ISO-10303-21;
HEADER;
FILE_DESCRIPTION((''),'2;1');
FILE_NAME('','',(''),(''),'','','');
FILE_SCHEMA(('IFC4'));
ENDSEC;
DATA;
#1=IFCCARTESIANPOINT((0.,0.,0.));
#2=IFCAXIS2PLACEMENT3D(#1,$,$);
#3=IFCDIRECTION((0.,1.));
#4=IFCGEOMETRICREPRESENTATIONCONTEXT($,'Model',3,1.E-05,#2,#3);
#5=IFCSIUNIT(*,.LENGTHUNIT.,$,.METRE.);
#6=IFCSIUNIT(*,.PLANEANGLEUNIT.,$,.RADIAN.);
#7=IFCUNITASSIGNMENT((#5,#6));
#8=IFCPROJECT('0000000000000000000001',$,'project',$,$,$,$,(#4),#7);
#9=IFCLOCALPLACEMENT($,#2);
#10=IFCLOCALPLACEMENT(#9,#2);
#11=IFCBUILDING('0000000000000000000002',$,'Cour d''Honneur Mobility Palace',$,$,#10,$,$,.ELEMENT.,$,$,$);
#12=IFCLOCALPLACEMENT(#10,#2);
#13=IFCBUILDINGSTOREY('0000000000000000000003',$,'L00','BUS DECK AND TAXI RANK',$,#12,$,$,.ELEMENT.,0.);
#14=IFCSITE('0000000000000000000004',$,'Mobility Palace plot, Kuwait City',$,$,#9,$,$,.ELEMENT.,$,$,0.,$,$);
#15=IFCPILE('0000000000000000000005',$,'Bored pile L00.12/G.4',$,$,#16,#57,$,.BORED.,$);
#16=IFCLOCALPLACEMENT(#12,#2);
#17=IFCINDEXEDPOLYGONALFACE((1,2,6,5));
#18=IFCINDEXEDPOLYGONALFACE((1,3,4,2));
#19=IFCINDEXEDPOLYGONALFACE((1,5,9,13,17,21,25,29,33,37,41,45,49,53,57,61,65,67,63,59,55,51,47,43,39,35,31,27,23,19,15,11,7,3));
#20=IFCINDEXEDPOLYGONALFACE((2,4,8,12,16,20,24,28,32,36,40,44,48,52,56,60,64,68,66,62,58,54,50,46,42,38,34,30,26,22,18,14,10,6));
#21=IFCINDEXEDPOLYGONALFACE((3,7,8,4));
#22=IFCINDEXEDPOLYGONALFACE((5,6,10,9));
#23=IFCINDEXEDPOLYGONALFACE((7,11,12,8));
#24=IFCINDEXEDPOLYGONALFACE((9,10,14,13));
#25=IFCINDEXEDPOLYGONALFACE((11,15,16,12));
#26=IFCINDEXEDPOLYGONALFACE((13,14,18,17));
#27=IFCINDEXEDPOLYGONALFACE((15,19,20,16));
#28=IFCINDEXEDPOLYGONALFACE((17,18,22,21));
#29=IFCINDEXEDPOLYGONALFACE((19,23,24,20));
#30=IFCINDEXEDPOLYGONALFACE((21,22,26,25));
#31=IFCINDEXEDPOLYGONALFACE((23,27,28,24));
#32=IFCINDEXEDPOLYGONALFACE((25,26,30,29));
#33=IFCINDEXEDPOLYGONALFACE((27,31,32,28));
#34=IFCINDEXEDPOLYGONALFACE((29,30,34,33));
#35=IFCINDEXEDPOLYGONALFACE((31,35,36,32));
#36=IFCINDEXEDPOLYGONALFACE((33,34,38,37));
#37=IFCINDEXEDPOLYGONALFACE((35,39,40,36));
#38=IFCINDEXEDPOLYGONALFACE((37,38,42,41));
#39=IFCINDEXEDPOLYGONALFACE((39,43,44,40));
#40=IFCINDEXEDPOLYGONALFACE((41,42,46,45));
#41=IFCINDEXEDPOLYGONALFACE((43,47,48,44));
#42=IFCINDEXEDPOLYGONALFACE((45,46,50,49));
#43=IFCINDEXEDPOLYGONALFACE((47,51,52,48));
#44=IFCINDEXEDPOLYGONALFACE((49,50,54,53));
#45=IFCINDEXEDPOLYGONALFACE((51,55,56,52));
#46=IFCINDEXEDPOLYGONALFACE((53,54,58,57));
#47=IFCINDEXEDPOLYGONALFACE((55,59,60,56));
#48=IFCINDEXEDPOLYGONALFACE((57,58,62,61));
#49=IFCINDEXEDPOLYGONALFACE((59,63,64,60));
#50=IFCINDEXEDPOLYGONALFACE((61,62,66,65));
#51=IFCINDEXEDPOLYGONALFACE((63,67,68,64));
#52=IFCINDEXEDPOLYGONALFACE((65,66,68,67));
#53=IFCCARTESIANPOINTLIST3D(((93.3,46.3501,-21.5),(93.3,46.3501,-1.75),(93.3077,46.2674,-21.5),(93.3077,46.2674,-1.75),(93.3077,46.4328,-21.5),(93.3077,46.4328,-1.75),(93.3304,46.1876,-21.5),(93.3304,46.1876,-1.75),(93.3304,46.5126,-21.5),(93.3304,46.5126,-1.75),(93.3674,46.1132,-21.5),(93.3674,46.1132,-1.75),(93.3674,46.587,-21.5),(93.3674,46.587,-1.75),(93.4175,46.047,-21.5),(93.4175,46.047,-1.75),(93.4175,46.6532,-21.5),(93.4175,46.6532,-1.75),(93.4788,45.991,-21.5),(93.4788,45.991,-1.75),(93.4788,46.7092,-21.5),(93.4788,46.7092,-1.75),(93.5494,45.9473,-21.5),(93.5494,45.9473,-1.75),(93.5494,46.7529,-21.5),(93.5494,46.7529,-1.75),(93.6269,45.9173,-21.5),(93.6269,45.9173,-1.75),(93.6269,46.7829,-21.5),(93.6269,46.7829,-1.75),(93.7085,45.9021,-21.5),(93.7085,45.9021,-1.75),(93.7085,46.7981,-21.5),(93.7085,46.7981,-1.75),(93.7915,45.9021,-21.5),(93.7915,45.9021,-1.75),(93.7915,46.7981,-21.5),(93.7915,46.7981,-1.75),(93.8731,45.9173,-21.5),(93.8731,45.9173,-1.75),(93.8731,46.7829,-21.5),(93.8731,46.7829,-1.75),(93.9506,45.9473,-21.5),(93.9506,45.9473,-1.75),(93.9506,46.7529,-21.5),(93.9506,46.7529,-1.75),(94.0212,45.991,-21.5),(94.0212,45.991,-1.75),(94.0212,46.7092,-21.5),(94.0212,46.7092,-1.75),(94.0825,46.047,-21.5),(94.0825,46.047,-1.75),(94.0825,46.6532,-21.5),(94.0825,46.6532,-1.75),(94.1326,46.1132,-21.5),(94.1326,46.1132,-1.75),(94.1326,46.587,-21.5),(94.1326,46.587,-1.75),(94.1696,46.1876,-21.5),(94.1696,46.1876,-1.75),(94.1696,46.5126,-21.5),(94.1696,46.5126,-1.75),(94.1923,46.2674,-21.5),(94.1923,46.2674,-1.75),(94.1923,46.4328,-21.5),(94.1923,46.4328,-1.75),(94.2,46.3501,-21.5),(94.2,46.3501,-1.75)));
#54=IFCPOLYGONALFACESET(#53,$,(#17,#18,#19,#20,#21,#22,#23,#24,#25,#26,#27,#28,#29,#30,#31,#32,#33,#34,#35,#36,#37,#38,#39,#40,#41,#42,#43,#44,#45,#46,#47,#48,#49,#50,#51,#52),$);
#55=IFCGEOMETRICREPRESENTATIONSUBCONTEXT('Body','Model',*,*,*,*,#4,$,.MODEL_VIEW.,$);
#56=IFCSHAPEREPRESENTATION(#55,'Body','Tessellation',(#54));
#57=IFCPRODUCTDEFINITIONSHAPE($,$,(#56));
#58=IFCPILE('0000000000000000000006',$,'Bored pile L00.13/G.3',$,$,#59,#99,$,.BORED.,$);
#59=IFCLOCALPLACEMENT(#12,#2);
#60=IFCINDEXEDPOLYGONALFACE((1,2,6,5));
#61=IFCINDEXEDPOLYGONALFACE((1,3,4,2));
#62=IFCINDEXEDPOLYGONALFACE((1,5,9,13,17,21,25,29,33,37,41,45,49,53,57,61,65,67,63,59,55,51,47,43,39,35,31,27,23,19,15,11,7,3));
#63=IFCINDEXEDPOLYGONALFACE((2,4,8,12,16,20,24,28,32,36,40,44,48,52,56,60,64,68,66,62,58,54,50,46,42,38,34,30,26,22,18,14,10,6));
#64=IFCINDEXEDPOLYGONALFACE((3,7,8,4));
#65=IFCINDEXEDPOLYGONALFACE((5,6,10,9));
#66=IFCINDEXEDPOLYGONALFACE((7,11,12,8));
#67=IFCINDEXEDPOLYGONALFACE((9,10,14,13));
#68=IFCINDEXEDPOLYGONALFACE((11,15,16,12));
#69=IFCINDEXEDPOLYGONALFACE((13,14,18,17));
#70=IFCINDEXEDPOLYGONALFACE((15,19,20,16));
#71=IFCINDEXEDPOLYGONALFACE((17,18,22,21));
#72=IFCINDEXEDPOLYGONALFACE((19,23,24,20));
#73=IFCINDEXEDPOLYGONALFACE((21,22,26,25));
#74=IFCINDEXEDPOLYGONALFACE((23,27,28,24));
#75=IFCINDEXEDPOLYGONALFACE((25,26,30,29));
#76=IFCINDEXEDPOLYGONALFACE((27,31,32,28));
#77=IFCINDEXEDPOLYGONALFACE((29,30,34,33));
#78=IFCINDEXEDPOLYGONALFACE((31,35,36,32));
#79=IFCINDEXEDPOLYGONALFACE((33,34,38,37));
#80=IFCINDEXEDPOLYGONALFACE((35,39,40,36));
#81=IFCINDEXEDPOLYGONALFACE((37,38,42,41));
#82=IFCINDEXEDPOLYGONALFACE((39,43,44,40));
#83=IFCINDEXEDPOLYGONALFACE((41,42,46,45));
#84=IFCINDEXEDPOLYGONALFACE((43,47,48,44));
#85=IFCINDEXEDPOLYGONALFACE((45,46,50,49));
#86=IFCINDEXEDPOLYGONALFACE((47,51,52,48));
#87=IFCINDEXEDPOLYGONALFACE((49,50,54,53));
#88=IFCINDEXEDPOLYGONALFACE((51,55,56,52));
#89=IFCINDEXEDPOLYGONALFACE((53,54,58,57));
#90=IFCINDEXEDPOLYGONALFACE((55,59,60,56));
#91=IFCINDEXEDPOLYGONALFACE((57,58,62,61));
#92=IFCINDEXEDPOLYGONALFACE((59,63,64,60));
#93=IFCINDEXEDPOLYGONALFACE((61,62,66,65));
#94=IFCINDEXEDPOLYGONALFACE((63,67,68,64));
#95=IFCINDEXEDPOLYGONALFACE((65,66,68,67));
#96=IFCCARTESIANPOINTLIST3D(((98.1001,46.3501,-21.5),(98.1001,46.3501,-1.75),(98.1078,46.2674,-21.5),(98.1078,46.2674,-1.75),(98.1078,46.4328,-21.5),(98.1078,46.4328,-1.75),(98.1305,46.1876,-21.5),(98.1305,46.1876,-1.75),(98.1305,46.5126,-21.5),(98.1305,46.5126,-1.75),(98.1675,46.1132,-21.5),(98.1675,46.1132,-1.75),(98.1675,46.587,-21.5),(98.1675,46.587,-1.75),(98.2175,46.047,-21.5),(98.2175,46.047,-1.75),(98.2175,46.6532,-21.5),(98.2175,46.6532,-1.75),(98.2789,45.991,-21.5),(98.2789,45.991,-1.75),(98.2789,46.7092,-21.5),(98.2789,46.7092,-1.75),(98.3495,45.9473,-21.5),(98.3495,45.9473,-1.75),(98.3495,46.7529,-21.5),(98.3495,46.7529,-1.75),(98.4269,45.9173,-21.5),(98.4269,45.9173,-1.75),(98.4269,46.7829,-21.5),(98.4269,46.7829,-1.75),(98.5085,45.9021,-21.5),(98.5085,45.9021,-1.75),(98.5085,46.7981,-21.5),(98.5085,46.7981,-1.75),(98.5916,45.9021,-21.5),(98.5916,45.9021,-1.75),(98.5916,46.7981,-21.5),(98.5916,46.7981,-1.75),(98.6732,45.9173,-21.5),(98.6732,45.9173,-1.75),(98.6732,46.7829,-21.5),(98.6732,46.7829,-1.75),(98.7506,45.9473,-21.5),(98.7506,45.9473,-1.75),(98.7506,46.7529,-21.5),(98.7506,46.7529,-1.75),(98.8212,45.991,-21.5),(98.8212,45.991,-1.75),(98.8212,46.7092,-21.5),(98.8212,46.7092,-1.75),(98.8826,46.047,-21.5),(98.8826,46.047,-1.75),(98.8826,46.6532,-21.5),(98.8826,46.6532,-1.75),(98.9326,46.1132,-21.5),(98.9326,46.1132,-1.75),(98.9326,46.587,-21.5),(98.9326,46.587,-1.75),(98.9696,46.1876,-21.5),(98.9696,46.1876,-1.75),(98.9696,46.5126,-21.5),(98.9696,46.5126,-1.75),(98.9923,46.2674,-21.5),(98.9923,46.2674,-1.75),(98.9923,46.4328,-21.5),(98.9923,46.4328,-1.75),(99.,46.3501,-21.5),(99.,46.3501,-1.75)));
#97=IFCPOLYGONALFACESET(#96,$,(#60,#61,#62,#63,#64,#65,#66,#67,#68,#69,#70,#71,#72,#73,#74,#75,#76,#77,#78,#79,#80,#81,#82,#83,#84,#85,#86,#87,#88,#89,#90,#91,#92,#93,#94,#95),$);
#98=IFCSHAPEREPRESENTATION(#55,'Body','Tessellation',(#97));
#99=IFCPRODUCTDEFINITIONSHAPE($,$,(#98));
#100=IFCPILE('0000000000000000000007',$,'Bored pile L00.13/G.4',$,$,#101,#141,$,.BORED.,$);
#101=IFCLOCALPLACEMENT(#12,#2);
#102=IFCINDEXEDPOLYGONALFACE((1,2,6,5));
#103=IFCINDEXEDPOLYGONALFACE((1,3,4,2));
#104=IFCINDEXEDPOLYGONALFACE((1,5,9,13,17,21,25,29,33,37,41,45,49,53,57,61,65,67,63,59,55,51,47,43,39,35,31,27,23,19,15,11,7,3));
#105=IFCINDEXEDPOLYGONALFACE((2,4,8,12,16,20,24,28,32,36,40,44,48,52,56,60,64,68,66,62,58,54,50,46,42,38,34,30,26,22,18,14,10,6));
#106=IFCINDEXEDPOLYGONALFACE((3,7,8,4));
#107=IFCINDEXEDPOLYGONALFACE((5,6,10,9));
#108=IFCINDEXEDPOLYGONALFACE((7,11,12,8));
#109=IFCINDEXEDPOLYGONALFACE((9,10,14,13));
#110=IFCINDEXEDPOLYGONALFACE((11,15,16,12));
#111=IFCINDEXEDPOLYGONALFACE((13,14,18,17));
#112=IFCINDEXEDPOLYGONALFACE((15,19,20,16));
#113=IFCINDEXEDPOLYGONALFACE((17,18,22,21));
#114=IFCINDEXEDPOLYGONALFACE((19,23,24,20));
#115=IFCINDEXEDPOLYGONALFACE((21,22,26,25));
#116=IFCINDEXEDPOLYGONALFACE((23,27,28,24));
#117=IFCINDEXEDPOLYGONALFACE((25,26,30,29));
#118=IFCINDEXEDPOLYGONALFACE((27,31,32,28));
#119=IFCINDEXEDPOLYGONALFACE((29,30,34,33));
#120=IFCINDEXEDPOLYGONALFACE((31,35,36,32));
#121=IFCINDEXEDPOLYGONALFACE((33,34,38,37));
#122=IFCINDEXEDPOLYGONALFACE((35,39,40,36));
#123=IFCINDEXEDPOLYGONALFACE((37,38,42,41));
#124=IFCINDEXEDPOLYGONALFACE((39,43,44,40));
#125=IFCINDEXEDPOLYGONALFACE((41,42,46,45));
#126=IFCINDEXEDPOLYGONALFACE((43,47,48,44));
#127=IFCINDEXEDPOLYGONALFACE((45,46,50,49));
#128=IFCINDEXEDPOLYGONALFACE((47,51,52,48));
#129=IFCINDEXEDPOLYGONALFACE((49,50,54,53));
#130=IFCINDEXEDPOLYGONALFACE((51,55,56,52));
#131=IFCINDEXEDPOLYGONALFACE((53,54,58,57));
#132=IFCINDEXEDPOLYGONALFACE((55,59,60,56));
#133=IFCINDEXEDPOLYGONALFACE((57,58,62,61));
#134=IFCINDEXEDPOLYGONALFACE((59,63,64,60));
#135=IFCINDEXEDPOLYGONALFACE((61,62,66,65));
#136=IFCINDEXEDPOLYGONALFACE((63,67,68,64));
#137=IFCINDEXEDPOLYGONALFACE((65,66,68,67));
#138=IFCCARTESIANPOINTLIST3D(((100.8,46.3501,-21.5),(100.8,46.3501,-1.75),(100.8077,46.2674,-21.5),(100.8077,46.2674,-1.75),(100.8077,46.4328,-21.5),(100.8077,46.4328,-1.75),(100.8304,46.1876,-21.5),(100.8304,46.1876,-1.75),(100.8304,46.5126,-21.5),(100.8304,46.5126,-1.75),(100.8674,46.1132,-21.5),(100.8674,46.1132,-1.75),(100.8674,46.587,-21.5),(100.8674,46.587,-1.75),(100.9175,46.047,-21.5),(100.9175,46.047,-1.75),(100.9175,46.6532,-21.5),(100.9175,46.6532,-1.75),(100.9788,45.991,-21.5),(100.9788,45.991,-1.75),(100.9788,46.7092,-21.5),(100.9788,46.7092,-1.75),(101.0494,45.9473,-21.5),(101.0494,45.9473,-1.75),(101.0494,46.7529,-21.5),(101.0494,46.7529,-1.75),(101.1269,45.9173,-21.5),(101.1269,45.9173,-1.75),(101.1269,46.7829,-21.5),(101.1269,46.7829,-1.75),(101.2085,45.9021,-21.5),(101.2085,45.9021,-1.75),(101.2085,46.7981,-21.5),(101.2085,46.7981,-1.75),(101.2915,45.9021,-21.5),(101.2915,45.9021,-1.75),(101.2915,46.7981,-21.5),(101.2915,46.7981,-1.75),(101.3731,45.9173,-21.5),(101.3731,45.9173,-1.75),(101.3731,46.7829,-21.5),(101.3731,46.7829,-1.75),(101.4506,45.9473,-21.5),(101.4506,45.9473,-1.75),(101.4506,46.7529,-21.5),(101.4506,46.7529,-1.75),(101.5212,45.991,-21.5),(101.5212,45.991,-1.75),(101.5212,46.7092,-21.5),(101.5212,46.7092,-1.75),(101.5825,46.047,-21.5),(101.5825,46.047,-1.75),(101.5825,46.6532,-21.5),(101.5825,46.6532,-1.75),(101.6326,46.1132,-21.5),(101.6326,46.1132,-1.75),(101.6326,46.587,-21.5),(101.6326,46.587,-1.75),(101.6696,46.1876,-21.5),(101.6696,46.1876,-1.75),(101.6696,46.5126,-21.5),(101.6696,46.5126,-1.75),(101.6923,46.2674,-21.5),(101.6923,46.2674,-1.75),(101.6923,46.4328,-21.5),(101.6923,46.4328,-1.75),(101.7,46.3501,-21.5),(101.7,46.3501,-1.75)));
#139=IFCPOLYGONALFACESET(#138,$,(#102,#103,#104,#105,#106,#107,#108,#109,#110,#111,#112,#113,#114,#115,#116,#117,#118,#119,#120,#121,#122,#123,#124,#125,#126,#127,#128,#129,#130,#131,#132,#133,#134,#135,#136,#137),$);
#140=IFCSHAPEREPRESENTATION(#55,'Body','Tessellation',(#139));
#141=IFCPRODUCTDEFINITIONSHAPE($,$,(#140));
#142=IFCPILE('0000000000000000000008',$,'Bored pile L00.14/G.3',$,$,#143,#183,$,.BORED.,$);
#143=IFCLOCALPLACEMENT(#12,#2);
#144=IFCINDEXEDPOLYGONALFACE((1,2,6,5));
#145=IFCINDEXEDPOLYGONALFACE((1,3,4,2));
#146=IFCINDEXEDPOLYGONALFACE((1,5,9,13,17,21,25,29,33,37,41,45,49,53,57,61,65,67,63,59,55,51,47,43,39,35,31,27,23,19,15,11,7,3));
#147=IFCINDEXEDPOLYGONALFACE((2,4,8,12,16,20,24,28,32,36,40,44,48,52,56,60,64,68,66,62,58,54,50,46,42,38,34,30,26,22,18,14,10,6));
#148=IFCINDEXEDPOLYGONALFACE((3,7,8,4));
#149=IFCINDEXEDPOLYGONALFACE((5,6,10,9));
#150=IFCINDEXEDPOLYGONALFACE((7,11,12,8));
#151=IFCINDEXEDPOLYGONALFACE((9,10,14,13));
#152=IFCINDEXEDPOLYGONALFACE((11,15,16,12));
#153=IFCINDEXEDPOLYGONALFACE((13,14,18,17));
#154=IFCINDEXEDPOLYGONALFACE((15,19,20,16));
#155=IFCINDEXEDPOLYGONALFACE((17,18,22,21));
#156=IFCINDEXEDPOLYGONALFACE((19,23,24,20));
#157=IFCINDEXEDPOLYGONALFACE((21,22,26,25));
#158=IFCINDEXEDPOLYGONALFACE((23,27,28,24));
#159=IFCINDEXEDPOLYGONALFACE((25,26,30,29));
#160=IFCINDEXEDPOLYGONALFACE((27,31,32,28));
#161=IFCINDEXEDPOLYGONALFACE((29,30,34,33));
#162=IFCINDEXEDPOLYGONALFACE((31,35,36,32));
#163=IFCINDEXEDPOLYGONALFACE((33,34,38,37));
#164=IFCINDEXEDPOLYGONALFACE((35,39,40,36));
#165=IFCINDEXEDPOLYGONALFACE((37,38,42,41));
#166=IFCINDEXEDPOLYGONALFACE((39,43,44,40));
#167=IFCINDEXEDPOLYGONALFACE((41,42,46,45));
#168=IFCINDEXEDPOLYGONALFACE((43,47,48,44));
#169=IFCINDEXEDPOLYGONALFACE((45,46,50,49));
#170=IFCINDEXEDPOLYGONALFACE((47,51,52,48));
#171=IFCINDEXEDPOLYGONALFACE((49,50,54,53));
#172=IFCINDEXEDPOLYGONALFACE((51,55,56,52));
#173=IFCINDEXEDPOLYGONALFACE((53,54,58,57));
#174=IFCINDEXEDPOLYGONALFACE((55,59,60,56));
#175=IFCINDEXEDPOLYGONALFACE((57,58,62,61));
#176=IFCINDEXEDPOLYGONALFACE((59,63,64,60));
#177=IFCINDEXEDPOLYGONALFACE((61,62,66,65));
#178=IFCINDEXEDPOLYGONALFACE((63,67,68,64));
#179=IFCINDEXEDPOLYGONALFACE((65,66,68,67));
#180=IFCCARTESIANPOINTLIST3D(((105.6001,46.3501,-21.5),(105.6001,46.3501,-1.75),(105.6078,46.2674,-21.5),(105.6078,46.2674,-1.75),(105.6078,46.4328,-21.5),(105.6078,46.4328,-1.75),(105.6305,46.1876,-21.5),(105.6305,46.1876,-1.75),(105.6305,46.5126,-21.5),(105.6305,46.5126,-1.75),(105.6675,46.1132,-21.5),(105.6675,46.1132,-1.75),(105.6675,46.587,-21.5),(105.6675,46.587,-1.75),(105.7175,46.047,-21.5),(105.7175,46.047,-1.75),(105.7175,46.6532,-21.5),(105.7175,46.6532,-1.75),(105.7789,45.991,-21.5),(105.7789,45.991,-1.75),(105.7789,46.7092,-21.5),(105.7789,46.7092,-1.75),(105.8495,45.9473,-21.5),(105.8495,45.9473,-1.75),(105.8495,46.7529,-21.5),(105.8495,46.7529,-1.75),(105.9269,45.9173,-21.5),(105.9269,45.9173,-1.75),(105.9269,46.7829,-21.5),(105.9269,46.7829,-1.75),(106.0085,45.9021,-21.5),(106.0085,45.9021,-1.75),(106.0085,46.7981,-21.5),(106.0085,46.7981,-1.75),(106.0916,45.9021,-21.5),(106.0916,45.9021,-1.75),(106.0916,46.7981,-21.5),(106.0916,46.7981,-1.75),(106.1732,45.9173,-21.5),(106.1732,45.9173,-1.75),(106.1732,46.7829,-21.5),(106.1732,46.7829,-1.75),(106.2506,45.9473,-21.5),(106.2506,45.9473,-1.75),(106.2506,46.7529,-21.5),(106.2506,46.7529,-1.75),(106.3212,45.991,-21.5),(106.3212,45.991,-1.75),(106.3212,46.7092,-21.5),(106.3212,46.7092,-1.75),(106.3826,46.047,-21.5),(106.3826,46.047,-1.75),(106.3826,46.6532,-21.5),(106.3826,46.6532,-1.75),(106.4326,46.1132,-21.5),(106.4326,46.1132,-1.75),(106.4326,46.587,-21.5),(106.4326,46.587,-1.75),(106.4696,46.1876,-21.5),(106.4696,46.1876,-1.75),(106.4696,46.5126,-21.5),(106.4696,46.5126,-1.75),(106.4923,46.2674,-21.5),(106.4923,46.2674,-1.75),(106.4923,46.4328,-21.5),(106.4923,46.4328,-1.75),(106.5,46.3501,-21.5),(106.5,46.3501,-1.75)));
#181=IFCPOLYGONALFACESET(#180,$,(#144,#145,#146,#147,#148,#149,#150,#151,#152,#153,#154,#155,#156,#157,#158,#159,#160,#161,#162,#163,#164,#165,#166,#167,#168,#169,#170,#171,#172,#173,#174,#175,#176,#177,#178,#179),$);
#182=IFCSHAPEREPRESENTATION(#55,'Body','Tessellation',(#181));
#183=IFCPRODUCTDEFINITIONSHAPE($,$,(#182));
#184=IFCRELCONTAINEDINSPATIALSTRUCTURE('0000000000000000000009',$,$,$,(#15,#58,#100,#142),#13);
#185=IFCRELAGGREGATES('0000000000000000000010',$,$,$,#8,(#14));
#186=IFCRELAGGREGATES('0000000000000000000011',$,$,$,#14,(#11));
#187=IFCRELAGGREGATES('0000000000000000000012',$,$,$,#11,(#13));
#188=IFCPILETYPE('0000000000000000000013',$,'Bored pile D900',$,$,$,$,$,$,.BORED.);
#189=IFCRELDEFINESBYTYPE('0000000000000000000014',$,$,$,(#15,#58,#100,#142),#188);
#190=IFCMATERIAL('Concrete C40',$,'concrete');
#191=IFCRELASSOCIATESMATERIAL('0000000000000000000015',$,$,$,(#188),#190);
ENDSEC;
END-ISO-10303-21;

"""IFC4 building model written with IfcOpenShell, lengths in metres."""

from ifc_helpers import new_model, si_unit, direction, frame, origin, origin_2d, place, context, subcontext, project, spatial, circle, extrude, material, material_profile, profile_set, type_object, element, save


model = new_model("IFC4")

# Units and contexts
model_context = context("Model", 3, precision=1e-05, world=origin(), true_north=direction((0.0, 1.0)))
body_context = subcontext(model_context, "Body", "Model", "MODEL_VIEW")
ifc_project = project(units=[si_unit("LENGTHUNIT", "METRE"), si_unit("PLANEANGLEUNIT", "RADIAN")], contexts=[model_context])

# Site, building, storey
site_placement = place(None, origin())
site = spatial("IfcSite", under=ifc_project, at=site_placement, Name="Mobility Palace plot, Kuwait City", CompositionType="ELEMENT", RefElevation=0.0)
building_placement = place(site_placement, origin())
building = spatial("IfcBuilding", under=site, at=building_placement, Name="Cour d'Honneur Mobility Palace", CompositionType="ELEMENT")
storey_placement = place(building_placement, origin())
storey = spatial("IfcBuildingStorey", under=building, at=storey_placement, Name="L00", Description="BUS DECK AND TAXI RANK", CompositionType="ELEMENT", Elevation=0.0)

# Piles
ifc_material_1 = material(Name="Concrete C40", Category="concrete")
ifc_material_profile_1 = material_profile(ifc_material_1, circle(Radius=0.45, at=origin_2d()), Name="Bored pile D900")
ifc_profile_set_1 = profile_set([ifc_material_profile_1], Name="Concrete C40")
pile_type = type_object("IfcPileType", Name="Bored pile D900", PredefinedType="BORED", material=ifc_profile_set_1)
for number, where, z_axis, x_axis, name in (
    (1, (93.75, 46.3501, -1.75), (0.0, 0.0, -1.0), (1.0, 0.0, 0.0), "Bored pile L00.12/G.4"),
    (2, (98.55, 46.3501, -1.75), (0.0, 0.0, -1.0), (1.0, 0.0, 0.0), "Bored pile L00.13/G.3"),
    (3, (101.25, 46.3501, -1.75), (0.0, 0.0, -1.0), (1.0, 0.0, 0.0), "Bored pile L00.13/G.4"),
    (4, (106.05, 46.3501, -1.75), (0.0, 0.0, -1.0), (1.0, 0.0, 0.0), "Bored pile L00.14/G.3"),
):
    element("IfcPile", number, at=place(storey_placement, frame(where, z_axis=z_axis, x_axis=x_axis)), inside=storey, type_object=pile_type, Name=name, PredefinedType="BORED", context=body_context, shape_type="SweptSolid", body=[
        extrude(circle(Radius=0.45, at=origin_2d()), origin(), (0.0, 0.0, 1.0), 19.75),
    ])

save(model, "model.ifc")
